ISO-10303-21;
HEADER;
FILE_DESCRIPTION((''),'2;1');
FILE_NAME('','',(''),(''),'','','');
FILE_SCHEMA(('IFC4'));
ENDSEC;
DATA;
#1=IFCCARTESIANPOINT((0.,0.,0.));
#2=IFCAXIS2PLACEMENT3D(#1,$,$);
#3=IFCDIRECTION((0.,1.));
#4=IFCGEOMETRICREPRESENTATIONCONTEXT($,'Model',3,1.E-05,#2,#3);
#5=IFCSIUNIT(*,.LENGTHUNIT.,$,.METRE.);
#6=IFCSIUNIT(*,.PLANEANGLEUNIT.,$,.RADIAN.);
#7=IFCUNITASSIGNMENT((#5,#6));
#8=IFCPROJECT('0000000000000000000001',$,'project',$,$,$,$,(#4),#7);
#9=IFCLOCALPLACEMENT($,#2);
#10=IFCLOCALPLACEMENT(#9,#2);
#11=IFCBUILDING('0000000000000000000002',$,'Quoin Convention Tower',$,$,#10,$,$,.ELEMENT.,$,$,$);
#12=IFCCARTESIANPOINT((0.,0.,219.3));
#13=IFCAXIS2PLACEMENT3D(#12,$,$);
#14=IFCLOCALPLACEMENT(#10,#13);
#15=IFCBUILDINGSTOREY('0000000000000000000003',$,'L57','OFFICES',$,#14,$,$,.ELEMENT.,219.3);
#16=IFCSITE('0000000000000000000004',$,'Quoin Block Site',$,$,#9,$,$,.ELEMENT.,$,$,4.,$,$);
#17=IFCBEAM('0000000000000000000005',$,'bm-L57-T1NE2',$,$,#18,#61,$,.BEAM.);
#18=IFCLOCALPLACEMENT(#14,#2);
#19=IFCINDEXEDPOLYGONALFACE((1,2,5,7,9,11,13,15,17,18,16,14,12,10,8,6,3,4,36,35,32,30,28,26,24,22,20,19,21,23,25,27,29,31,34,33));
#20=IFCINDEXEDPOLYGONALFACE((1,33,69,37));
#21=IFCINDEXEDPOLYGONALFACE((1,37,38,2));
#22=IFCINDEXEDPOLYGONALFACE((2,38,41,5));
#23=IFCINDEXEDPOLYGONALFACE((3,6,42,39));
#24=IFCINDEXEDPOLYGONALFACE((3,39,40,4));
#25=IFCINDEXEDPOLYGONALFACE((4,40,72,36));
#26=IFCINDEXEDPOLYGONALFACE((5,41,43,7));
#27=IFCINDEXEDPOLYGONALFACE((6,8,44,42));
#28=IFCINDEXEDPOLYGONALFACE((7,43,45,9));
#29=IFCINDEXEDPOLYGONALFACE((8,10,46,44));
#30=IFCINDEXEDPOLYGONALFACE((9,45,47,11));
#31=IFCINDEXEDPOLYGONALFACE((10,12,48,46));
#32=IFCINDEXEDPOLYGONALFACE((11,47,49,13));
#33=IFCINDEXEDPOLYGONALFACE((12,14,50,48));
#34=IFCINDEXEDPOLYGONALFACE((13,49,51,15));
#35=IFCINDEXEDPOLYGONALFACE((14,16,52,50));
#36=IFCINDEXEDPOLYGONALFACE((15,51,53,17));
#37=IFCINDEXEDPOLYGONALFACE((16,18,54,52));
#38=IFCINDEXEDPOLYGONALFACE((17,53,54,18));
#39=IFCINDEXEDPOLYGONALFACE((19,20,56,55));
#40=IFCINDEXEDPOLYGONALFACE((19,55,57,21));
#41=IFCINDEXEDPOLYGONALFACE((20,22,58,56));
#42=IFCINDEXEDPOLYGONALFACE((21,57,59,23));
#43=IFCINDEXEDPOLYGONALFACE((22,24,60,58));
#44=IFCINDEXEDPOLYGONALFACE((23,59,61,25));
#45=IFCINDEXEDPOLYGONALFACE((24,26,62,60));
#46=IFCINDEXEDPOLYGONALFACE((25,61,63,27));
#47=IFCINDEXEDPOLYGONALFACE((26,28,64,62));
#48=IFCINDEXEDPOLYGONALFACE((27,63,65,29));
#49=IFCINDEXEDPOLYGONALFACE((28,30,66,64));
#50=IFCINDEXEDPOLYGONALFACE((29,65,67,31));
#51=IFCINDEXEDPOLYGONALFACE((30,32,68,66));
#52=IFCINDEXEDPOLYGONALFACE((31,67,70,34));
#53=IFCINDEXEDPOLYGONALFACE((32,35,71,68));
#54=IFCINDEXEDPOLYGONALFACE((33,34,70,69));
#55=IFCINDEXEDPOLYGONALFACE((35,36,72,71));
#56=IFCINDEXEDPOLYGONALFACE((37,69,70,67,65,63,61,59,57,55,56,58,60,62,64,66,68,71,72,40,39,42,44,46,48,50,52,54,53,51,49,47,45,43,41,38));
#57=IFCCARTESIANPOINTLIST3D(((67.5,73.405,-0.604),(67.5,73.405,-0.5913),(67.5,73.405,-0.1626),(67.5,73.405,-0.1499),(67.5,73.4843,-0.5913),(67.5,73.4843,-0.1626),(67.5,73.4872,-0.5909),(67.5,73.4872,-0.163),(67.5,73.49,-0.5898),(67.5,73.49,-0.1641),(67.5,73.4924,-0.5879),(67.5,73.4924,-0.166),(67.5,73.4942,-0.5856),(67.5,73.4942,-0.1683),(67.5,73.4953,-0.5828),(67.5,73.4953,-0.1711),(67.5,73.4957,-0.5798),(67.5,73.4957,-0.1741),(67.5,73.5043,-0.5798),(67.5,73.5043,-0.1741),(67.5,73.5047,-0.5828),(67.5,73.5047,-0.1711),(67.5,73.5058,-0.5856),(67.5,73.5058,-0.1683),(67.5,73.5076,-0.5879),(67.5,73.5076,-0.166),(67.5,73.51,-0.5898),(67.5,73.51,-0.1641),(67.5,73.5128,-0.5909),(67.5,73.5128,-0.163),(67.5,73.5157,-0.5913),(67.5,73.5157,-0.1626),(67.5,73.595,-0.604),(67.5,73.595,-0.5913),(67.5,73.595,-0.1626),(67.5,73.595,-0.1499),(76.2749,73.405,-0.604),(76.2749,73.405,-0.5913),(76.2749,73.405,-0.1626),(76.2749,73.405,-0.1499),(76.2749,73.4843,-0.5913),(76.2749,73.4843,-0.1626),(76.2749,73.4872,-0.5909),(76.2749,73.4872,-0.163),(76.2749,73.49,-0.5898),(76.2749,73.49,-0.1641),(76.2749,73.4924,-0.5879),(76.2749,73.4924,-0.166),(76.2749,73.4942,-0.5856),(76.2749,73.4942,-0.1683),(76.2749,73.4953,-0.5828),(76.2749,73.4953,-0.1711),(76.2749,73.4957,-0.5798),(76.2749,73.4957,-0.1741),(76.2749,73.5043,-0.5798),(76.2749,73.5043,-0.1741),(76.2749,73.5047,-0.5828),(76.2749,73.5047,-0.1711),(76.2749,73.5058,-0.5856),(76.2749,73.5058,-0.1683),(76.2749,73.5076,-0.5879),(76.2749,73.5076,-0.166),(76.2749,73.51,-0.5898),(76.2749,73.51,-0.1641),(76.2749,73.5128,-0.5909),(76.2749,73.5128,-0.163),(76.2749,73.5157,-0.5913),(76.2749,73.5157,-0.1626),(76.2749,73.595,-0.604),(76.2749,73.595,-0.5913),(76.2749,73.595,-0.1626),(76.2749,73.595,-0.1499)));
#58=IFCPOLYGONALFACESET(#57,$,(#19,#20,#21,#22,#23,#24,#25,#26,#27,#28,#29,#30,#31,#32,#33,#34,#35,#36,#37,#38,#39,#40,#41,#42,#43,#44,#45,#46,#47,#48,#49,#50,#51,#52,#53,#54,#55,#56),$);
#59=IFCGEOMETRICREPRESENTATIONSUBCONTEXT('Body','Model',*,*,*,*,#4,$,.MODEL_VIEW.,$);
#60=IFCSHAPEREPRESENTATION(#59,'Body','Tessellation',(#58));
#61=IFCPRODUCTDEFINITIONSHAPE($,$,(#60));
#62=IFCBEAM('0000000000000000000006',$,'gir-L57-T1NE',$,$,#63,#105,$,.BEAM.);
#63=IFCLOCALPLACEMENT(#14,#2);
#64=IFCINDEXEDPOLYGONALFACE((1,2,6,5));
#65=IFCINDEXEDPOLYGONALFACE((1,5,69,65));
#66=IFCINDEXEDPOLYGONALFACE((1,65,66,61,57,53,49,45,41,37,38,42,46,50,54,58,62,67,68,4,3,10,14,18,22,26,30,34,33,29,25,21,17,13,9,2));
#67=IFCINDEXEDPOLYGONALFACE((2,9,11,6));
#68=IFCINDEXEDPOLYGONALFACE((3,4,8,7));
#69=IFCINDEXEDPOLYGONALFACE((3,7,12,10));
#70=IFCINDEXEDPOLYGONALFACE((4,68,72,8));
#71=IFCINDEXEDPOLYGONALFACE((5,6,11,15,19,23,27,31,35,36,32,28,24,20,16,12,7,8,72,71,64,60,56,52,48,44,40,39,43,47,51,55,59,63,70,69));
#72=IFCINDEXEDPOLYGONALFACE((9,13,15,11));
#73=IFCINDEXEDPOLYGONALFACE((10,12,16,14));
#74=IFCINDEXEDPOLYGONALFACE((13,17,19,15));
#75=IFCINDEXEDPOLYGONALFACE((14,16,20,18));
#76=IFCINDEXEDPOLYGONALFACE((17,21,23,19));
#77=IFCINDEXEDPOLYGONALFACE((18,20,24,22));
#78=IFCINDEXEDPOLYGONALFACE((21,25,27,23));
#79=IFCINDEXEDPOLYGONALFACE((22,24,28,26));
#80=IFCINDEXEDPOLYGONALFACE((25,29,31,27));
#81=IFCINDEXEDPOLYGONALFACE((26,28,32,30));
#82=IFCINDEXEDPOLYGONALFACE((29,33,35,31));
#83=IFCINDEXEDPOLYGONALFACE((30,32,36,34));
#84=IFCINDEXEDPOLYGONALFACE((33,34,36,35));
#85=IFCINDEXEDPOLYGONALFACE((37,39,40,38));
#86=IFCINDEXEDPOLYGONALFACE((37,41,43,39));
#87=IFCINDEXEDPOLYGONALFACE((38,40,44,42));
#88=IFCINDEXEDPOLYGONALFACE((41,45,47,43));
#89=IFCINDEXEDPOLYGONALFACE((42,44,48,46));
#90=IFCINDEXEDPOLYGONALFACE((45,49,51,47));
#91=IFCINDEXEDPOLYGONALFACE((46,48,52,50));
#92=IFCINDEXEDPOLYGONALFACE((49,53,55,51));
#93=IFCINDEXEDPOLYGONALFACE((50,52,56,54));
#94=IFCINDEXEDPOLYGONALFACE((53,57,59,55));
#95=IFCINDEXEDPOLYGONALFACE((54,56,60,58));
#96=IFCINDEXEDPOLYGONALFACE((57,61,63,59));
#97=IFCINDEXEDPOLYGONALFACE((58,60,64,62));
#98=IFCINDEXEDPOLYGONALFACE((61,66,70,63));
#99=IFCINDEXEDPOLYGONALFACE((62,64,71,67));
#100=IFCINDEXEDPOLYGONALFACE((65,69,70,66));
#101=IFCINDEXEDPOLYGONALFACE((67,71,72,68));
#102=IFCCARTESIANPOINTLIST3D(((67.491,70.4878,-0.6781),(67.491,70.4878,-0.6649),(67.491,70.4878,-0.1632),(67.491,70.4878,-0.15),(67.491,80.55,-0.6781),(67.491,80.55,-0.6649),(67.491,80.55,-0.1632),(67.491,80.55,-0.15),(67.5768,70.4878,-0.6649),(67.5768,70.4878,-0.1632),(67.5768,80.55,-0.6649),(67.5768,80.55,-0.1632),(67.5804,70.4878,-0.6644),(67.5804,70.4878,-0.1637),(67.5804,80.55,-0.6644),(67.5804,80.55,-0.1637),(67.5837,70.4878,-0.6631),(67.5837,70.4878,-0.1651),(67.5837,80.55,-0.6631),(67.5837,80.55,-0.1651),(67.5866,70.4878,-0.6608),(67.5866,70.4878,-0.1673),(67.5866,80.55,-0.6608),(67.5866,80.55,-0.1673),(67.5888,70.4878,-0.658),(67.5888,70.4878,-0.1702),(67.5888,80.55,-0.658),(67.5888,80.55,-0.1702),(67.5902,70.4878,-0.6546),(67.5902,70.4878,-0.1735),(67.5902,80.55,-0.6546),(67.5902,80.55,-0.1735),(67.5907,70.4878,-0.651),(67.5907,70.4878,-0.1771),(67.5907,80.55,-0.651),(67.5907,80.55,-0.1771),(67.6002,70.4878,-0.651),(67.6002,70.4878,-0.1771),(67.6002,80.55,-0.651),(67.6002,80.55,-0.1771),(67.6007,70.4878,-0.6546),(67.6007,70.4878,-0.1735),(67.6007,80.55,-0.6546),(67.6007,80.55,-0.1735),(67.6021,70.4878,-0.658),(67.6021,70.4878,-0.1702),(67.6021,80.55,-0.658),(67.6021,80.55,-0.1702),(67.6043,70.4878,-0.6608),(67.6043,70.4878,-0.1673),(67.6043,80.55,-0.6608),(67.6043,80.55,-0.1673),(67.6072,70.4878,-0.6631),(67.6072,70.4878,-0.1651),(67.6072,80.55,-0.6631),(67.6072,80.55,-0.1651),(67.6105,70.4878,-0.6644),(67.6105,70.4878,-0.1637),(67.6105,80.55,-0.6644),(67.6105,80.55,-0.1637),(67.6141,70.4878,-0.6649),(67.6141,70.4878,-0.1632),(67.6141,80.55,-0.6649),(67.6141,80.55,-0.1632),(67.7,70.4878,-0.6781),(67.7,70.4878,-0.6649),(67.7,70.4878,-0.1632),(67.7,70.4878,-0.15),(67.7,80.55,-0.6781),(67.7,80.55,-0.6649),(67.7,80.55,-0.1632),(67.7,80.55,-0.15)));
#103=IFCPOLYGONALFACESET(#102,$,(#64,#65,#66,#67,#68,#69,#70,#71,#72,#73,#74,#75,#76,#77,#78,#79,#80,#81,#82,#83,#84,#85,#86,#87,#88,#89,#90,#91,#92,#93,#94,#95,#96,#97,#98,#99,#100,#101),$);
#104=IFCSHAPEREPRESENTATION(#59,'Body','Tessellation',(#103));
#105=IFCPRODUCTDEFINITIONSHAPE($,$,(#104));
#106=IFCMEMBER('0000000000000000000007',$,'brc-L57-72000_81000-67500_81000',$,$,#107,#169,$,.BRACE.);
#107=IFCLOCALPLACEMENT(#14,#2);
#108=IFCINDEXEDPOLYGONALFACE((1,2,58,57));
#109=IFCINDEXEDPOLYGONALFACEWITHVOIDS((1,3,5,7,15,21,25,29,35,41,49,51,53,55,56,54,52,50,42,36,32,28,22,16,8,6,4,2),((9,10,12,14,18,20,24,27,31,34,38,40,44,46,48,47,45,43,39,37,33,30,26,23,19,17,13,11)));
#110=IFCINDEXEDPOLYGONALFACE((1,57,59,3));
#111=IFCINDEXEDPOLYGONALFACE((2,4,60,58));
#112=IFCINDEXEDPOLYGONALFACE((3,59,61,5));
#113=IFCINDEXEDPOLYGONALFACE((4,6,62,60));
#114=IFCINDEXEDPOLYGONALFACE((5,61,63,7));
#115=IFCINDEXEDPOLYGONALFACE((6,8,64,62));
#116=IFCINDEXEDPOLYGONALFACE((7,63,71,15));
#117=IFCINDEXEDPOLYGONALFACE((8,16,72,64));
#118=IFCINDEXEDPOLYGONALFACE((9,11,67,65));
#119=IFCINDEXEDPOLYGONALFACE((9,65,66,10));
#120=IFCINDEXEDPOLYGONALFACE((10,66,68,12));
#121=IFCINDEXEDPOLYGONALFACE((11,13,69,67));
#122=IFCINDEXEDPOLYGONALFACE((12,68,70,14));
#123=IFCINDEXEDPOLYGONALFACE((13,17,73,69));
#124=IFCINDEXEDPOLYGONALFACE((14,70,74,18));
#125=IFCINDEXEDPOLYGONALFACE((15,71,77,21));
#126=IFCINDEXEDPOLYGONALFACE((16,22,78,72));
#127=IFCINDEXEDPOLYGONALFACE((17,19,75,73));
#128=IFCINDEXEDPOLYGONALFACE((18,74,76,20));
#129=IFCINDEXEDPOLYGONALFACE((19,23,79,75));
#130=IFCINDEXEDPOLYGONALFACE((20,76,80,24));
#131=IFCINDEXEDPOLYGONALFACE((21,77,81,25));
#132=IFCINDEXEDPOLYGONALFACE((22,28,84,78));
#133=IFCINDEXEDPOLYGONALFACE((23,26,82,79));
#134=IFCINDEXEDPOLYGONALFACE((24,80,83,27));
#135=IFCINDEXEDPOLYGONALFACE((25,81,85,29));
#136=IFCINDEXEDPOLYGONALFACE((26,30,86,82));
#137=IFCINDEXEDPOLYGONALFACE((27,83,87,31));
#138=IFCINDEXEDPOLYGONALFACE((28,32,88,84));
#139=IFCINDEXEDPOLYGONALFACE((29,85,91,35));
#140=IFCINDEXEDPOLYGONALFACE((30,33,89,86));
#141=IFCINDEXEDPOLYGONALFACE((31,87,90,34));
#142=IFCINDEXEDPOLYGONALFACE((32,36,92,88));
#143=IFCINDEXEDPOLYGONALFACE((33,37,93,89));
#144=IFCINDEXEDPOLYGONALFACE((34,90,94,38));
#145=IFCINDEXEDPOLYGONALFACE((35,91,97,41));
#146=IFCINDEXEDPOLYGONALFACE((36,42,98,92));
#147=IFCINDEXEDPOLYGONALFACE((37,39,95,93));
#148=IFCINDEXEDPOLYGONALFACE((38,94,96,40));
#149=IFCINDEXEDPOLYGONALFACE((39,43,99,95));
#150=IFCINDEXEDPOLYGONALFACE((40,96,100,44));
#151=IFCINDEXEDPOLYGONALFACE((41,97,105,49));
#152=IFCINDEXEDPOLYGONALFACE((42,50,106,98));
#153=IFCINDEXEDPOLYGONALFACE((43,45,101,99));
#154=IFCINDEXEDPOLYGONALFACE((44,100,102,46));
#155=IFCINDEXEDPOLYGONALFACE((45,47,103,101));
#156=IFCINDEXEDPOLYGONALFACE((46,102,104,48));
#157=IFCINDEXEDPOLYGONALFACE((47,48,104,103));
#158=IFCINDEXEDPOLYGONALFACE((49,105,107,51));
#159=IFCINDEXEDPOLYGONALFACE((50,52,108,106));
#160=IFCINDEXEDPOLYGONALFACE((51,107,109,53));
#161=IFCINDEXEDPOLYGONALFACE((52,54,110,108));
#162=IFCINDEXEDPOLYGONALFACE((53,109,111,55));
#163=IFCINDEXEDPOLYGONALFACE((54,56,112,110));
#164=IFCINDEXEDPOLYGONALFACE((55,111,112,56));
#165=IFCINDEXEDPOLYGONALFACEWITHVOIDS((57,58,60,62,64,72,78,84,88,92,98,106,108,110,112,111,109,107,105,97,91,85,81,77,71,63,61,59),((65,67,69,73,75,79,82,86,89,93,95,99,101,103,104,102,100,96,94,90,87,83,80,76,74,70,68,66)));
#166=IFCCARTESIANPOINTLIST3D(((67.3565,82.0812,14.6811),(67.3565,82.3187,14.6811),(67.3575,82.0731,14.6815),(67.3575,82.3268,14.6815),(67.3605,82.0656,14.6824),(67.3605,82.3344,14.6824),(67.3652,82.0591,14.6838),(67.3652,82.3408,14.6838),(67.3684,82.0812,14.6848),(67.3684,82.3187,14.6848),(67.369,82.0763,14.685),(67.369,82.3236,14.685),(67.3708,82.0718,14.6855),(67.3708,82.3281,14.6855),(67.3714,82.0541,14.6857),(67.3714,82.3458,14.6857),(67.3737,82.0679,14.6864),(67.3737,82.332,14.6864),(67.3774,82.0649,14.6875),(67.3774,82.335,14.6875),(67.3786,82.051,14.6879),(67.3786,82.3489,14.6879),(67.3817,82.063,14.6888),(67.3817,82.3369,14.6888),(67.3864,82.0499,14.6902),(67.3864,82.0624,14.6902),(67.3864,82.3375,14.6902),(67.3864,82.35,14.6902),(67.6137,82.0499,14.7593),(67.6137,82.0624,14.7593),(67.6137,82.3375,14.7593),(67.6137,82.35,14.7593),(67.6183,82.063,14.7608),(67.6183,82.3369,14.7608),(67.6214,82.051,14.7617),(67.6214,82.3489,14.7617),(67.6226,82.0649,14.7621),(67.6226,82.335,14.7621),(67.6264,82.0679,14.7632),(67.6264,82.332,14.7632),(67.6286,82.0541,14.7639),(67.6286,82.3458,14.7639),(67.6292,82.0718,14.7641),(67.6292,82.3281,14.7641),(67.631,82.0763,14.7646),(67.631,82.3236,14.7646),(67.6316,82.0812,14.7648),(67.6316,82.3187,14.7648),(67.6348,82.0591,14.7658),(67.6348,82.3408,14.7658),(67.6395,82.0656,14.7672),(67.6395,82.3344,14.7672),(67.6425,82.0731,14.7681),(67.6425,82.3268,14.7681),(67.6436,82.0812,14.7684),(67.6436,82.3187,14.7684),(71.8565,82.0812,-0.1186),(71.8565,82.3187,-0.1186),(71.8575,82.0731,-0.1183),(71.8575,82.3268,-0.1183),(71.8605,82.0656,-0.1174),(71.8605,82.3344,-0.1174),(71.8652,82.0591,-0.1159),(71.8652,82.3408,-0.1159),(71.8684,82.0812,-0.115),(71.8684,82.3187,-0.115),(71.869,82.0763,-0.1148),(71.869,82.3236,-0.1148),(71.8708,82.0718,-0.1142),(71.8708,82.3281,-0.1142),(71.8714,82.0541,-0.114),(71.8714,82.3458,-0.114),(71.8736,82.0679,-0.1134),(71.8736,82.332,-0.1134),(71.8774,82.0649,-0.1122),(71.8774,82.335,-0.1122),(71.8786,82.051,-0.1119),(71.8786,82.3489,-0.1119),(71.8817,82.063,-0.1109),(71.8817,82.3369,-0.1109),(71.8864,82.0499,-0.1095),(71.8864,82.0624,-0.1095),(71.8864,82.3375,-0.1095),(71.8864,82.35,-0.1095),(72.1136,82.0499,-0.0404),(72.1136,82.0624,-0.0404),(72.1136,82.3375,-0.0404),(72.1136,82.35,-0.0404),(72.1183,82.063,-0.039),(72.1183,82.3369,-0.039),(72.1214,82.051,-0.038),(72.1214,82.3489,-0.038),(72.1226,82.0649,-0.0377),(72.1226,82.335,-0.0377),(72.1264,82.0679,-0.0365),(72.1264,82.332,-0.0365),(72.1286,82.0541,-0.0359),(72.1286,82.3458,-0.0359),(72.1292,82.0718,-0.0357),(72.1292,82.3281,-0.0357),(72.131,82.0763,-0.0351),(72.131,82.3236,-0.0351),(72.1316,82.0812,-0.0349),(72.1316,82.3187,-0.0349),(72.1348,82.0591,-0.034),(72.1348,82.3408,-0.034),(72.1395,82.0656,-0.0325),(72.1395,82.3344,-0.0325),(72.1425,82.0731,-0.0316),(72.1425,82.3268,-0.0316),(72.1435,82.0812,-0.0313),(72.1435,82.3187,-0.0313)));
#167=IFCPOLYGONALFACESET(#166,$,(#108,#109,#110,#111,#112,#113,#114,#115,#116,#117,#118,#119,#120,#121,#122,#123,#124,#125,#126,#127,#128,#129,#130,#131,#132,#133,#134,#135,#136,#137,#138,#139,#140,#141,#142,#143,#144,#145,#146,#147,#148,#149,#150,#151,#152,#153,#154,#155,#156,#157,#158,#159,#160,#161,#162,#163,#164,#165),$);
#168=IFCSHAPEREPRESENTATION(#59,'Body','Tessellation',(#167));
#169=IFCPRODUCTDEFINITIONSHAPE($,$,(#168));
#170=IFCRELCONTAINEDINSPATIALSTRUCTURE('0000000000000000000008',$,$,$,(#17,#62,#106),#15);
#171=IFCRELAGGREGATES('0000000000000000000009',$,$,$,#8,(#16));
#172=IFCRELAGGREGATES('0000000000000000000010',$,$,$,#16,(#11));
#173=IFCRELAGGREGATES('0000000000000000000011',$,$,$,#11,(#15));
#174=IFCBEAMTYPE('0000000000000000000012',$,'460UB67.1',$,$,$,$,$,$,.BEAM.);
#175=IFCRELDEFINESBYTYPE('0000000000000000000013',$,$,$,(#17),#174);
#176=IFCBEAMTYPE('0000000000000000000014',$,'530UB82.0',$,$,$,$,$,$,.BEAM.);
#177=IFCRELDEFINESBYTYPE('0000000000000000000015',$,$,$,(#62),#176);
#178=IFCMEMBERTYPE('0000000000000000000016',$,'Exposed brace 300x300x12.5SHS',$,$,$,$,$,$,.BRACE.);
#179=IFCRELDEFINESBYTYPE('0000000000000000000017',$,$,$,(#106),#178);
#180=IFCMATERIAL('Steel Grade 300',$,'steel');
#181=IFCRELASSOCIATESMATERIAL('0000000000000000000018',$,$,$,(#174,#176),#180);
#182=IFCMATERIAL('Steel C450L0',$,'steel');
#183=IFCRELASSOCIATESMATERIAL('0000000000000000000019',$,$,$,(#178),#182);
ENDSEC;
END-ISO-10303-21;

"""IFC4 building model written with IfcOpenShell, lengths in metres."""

from ifc_helpers import new_model, si_unit, direction, frame, origin, origin_2d, place, context, subcontext, project, spatial, hollow_rectangle, i_section, extrude, material, material_profile, profile_set, type_object, element, save


model = new_model("IFC4")

# Units and contexts
model_context = context("Model", 3, precision=1e-05, world=origin(), true_north=direction((0.0, 1.0)))
body_context = subcontext(model_context, "Body", "Model", "MODEL_VIEW")
ifc_project = project(units=[si_unit("LENGTHUNIT", "METRE"), si_unit("PLANEANGLEUNIT", "RADIAN")], contexts=[model_context])

# Site, building, storey
site_placement = place(None, origin())
site = spatial("IfcSite", under=ifc_project, at=site_placement, Name="Quoin Block Site", CompositionType="ELEMENT", RefElevation=4.0)
building_placement = place(site_placement, origin())
building = spatial("IfcBuilding", under=site, at=building_placement, Name="Quoin Convention Tower", CompositionType="ELEMENT")
storey_placement = place(building_placement, frame((0.0, 0.0, 219.3)))
storey = spatial("IfcBuildingStorey", under=building, at=storey_placement, Name="L57", Description="OFFICES", CompositionType="ELEMENT", Elevation=219.3)

# Beams
ifc_material_1 = material(Name="Steel Grade 300", Category="steel")
ifc_material_profile_1 = material_profile(ifc_material_1, i_section(OverallWidth=0.1899, OverallDepth=0.4541, WebThickness=0.0085, FlangeThickness=0.0127, FilletRadius=0.0115, at=origin_2d()), Name="460UB67.1")
ifc_profile_set_1 = profile_set([ifc_material_profile_1], Name="Steel Grade 300")
beam_type_1 = type_object("IfcBeamType", Name="460UB67.1", PredefinedType="BEAM", material=ifc_profile_set_1)
beam_1_placement = place(storey_placement, frame((67.5, 73.5, -0.377), z_axis=(1.0, 0.0, 0.0), x_axis=(0.0, 1.0, 0.0)))
element("IfcBeam", 1, at=beam_1_placement, inside=storey, type_object=beam_type_1, Name="bm-L57-T1NE2", PredefinedType="BEAM", context=body_context, shape_type="SweptSolid", body=[
    extrude(i_section(OverallWidth=0.1899, OverallDepth=0.4541, WebThickness=0.0085, FlangeThickness=0.0127, FilletRadius=0.0115, at=origin_2d()), origin(), (0.0, 0.0, 1.0), 8.7749),
])
ifc_material_profile_2 = material_profile(ifc_material_1, i_section(OverallWidth=0.209, OverallDepth=0.5281, WebThickness=0.0095, FlangeThickness=0.0132, FilletRadius=0.0139, at=origin_2d()), Name="530UB82.0")
ifc_profile_set_2 = profile_set([ifc_material_profile_2], Name="Steel Grade 300")
beam_type_2 = type_object("IfcBeamType", Name="530UB82.0", PredefinedType="BEAM", material=ifc_profile_set_2)
beam_2_placement = place(storey_placement, frame((67.5955, 80.55, -0.4141), z_axis=(0.0, -1.0, 0.0), x_axis=(1.0, 0.0, 0.0)))
element("IfcBeam", 2, at=beam_2_placement, inside=storey, type_object=beam_type_2, Name="gir-L57-T1NE", PredefinedType="BEAM", context=body_context, shape_type="SweptSolid", body=[
    extrude(i_section(OverallWidth=0.209, OverallDepth=0.5281, WebThickness=0.0095, FlangeThickness=0.0132, FilletRadius=0.0139, at=origin_2d()), origin(), (0.0, 0.0, 1.0), 10.0623),
])

# Member
ifc_material_2 = material(Name="Steel C450L0", Category="steel")
ifc_material_profile_3 = material_profile(ifc_material_2, hollow_rectangle(XDim=0.3, YDim=0.3, WallThickness=0.0125, InnerFilletRadius=0.0188, OuterFilletRadius=0.0312, at=origin_2d()), Name="300x300x12.5SHS")
ifc_profile_set_3 = profile_set([ifc_material_profile_3], Name="Steel C450L0")
member_type = type_object("IfcMemberType", Name="Exposed brace 300x300x12.5SHS", PredefinedType="BRACE", material=ifc_profile_set_3)
for number, where, z_axis, x_axis, name in (
    (3, (72.0, 82.2, -0.075), (-0.290908, 0.0, 0.956751), (0.0, -1.0, 0.0), "brc-L57-72000_81000-67500_81000"),
):
    element("IfcMember", number, at=place(storey_placement, frame(where, z_axis=z_axis, x_axis=x_axis)), inside=storey, type_object=member_type, Name=name, PredefinedType="BRACE", context=body_context, shape_type="SweptSolid", body=[
        extrude(hollow_rectangle(XDim=0.3, YDim=0.3, WallThickness=0.0125, InnerFilletRadius=0.0188, OuterFilletRadius=0.0312, at=origin_2d()), origin(), (0.0, 0.0, 1.0), 15.4688),
    ])

save(model, "model.ifc")
